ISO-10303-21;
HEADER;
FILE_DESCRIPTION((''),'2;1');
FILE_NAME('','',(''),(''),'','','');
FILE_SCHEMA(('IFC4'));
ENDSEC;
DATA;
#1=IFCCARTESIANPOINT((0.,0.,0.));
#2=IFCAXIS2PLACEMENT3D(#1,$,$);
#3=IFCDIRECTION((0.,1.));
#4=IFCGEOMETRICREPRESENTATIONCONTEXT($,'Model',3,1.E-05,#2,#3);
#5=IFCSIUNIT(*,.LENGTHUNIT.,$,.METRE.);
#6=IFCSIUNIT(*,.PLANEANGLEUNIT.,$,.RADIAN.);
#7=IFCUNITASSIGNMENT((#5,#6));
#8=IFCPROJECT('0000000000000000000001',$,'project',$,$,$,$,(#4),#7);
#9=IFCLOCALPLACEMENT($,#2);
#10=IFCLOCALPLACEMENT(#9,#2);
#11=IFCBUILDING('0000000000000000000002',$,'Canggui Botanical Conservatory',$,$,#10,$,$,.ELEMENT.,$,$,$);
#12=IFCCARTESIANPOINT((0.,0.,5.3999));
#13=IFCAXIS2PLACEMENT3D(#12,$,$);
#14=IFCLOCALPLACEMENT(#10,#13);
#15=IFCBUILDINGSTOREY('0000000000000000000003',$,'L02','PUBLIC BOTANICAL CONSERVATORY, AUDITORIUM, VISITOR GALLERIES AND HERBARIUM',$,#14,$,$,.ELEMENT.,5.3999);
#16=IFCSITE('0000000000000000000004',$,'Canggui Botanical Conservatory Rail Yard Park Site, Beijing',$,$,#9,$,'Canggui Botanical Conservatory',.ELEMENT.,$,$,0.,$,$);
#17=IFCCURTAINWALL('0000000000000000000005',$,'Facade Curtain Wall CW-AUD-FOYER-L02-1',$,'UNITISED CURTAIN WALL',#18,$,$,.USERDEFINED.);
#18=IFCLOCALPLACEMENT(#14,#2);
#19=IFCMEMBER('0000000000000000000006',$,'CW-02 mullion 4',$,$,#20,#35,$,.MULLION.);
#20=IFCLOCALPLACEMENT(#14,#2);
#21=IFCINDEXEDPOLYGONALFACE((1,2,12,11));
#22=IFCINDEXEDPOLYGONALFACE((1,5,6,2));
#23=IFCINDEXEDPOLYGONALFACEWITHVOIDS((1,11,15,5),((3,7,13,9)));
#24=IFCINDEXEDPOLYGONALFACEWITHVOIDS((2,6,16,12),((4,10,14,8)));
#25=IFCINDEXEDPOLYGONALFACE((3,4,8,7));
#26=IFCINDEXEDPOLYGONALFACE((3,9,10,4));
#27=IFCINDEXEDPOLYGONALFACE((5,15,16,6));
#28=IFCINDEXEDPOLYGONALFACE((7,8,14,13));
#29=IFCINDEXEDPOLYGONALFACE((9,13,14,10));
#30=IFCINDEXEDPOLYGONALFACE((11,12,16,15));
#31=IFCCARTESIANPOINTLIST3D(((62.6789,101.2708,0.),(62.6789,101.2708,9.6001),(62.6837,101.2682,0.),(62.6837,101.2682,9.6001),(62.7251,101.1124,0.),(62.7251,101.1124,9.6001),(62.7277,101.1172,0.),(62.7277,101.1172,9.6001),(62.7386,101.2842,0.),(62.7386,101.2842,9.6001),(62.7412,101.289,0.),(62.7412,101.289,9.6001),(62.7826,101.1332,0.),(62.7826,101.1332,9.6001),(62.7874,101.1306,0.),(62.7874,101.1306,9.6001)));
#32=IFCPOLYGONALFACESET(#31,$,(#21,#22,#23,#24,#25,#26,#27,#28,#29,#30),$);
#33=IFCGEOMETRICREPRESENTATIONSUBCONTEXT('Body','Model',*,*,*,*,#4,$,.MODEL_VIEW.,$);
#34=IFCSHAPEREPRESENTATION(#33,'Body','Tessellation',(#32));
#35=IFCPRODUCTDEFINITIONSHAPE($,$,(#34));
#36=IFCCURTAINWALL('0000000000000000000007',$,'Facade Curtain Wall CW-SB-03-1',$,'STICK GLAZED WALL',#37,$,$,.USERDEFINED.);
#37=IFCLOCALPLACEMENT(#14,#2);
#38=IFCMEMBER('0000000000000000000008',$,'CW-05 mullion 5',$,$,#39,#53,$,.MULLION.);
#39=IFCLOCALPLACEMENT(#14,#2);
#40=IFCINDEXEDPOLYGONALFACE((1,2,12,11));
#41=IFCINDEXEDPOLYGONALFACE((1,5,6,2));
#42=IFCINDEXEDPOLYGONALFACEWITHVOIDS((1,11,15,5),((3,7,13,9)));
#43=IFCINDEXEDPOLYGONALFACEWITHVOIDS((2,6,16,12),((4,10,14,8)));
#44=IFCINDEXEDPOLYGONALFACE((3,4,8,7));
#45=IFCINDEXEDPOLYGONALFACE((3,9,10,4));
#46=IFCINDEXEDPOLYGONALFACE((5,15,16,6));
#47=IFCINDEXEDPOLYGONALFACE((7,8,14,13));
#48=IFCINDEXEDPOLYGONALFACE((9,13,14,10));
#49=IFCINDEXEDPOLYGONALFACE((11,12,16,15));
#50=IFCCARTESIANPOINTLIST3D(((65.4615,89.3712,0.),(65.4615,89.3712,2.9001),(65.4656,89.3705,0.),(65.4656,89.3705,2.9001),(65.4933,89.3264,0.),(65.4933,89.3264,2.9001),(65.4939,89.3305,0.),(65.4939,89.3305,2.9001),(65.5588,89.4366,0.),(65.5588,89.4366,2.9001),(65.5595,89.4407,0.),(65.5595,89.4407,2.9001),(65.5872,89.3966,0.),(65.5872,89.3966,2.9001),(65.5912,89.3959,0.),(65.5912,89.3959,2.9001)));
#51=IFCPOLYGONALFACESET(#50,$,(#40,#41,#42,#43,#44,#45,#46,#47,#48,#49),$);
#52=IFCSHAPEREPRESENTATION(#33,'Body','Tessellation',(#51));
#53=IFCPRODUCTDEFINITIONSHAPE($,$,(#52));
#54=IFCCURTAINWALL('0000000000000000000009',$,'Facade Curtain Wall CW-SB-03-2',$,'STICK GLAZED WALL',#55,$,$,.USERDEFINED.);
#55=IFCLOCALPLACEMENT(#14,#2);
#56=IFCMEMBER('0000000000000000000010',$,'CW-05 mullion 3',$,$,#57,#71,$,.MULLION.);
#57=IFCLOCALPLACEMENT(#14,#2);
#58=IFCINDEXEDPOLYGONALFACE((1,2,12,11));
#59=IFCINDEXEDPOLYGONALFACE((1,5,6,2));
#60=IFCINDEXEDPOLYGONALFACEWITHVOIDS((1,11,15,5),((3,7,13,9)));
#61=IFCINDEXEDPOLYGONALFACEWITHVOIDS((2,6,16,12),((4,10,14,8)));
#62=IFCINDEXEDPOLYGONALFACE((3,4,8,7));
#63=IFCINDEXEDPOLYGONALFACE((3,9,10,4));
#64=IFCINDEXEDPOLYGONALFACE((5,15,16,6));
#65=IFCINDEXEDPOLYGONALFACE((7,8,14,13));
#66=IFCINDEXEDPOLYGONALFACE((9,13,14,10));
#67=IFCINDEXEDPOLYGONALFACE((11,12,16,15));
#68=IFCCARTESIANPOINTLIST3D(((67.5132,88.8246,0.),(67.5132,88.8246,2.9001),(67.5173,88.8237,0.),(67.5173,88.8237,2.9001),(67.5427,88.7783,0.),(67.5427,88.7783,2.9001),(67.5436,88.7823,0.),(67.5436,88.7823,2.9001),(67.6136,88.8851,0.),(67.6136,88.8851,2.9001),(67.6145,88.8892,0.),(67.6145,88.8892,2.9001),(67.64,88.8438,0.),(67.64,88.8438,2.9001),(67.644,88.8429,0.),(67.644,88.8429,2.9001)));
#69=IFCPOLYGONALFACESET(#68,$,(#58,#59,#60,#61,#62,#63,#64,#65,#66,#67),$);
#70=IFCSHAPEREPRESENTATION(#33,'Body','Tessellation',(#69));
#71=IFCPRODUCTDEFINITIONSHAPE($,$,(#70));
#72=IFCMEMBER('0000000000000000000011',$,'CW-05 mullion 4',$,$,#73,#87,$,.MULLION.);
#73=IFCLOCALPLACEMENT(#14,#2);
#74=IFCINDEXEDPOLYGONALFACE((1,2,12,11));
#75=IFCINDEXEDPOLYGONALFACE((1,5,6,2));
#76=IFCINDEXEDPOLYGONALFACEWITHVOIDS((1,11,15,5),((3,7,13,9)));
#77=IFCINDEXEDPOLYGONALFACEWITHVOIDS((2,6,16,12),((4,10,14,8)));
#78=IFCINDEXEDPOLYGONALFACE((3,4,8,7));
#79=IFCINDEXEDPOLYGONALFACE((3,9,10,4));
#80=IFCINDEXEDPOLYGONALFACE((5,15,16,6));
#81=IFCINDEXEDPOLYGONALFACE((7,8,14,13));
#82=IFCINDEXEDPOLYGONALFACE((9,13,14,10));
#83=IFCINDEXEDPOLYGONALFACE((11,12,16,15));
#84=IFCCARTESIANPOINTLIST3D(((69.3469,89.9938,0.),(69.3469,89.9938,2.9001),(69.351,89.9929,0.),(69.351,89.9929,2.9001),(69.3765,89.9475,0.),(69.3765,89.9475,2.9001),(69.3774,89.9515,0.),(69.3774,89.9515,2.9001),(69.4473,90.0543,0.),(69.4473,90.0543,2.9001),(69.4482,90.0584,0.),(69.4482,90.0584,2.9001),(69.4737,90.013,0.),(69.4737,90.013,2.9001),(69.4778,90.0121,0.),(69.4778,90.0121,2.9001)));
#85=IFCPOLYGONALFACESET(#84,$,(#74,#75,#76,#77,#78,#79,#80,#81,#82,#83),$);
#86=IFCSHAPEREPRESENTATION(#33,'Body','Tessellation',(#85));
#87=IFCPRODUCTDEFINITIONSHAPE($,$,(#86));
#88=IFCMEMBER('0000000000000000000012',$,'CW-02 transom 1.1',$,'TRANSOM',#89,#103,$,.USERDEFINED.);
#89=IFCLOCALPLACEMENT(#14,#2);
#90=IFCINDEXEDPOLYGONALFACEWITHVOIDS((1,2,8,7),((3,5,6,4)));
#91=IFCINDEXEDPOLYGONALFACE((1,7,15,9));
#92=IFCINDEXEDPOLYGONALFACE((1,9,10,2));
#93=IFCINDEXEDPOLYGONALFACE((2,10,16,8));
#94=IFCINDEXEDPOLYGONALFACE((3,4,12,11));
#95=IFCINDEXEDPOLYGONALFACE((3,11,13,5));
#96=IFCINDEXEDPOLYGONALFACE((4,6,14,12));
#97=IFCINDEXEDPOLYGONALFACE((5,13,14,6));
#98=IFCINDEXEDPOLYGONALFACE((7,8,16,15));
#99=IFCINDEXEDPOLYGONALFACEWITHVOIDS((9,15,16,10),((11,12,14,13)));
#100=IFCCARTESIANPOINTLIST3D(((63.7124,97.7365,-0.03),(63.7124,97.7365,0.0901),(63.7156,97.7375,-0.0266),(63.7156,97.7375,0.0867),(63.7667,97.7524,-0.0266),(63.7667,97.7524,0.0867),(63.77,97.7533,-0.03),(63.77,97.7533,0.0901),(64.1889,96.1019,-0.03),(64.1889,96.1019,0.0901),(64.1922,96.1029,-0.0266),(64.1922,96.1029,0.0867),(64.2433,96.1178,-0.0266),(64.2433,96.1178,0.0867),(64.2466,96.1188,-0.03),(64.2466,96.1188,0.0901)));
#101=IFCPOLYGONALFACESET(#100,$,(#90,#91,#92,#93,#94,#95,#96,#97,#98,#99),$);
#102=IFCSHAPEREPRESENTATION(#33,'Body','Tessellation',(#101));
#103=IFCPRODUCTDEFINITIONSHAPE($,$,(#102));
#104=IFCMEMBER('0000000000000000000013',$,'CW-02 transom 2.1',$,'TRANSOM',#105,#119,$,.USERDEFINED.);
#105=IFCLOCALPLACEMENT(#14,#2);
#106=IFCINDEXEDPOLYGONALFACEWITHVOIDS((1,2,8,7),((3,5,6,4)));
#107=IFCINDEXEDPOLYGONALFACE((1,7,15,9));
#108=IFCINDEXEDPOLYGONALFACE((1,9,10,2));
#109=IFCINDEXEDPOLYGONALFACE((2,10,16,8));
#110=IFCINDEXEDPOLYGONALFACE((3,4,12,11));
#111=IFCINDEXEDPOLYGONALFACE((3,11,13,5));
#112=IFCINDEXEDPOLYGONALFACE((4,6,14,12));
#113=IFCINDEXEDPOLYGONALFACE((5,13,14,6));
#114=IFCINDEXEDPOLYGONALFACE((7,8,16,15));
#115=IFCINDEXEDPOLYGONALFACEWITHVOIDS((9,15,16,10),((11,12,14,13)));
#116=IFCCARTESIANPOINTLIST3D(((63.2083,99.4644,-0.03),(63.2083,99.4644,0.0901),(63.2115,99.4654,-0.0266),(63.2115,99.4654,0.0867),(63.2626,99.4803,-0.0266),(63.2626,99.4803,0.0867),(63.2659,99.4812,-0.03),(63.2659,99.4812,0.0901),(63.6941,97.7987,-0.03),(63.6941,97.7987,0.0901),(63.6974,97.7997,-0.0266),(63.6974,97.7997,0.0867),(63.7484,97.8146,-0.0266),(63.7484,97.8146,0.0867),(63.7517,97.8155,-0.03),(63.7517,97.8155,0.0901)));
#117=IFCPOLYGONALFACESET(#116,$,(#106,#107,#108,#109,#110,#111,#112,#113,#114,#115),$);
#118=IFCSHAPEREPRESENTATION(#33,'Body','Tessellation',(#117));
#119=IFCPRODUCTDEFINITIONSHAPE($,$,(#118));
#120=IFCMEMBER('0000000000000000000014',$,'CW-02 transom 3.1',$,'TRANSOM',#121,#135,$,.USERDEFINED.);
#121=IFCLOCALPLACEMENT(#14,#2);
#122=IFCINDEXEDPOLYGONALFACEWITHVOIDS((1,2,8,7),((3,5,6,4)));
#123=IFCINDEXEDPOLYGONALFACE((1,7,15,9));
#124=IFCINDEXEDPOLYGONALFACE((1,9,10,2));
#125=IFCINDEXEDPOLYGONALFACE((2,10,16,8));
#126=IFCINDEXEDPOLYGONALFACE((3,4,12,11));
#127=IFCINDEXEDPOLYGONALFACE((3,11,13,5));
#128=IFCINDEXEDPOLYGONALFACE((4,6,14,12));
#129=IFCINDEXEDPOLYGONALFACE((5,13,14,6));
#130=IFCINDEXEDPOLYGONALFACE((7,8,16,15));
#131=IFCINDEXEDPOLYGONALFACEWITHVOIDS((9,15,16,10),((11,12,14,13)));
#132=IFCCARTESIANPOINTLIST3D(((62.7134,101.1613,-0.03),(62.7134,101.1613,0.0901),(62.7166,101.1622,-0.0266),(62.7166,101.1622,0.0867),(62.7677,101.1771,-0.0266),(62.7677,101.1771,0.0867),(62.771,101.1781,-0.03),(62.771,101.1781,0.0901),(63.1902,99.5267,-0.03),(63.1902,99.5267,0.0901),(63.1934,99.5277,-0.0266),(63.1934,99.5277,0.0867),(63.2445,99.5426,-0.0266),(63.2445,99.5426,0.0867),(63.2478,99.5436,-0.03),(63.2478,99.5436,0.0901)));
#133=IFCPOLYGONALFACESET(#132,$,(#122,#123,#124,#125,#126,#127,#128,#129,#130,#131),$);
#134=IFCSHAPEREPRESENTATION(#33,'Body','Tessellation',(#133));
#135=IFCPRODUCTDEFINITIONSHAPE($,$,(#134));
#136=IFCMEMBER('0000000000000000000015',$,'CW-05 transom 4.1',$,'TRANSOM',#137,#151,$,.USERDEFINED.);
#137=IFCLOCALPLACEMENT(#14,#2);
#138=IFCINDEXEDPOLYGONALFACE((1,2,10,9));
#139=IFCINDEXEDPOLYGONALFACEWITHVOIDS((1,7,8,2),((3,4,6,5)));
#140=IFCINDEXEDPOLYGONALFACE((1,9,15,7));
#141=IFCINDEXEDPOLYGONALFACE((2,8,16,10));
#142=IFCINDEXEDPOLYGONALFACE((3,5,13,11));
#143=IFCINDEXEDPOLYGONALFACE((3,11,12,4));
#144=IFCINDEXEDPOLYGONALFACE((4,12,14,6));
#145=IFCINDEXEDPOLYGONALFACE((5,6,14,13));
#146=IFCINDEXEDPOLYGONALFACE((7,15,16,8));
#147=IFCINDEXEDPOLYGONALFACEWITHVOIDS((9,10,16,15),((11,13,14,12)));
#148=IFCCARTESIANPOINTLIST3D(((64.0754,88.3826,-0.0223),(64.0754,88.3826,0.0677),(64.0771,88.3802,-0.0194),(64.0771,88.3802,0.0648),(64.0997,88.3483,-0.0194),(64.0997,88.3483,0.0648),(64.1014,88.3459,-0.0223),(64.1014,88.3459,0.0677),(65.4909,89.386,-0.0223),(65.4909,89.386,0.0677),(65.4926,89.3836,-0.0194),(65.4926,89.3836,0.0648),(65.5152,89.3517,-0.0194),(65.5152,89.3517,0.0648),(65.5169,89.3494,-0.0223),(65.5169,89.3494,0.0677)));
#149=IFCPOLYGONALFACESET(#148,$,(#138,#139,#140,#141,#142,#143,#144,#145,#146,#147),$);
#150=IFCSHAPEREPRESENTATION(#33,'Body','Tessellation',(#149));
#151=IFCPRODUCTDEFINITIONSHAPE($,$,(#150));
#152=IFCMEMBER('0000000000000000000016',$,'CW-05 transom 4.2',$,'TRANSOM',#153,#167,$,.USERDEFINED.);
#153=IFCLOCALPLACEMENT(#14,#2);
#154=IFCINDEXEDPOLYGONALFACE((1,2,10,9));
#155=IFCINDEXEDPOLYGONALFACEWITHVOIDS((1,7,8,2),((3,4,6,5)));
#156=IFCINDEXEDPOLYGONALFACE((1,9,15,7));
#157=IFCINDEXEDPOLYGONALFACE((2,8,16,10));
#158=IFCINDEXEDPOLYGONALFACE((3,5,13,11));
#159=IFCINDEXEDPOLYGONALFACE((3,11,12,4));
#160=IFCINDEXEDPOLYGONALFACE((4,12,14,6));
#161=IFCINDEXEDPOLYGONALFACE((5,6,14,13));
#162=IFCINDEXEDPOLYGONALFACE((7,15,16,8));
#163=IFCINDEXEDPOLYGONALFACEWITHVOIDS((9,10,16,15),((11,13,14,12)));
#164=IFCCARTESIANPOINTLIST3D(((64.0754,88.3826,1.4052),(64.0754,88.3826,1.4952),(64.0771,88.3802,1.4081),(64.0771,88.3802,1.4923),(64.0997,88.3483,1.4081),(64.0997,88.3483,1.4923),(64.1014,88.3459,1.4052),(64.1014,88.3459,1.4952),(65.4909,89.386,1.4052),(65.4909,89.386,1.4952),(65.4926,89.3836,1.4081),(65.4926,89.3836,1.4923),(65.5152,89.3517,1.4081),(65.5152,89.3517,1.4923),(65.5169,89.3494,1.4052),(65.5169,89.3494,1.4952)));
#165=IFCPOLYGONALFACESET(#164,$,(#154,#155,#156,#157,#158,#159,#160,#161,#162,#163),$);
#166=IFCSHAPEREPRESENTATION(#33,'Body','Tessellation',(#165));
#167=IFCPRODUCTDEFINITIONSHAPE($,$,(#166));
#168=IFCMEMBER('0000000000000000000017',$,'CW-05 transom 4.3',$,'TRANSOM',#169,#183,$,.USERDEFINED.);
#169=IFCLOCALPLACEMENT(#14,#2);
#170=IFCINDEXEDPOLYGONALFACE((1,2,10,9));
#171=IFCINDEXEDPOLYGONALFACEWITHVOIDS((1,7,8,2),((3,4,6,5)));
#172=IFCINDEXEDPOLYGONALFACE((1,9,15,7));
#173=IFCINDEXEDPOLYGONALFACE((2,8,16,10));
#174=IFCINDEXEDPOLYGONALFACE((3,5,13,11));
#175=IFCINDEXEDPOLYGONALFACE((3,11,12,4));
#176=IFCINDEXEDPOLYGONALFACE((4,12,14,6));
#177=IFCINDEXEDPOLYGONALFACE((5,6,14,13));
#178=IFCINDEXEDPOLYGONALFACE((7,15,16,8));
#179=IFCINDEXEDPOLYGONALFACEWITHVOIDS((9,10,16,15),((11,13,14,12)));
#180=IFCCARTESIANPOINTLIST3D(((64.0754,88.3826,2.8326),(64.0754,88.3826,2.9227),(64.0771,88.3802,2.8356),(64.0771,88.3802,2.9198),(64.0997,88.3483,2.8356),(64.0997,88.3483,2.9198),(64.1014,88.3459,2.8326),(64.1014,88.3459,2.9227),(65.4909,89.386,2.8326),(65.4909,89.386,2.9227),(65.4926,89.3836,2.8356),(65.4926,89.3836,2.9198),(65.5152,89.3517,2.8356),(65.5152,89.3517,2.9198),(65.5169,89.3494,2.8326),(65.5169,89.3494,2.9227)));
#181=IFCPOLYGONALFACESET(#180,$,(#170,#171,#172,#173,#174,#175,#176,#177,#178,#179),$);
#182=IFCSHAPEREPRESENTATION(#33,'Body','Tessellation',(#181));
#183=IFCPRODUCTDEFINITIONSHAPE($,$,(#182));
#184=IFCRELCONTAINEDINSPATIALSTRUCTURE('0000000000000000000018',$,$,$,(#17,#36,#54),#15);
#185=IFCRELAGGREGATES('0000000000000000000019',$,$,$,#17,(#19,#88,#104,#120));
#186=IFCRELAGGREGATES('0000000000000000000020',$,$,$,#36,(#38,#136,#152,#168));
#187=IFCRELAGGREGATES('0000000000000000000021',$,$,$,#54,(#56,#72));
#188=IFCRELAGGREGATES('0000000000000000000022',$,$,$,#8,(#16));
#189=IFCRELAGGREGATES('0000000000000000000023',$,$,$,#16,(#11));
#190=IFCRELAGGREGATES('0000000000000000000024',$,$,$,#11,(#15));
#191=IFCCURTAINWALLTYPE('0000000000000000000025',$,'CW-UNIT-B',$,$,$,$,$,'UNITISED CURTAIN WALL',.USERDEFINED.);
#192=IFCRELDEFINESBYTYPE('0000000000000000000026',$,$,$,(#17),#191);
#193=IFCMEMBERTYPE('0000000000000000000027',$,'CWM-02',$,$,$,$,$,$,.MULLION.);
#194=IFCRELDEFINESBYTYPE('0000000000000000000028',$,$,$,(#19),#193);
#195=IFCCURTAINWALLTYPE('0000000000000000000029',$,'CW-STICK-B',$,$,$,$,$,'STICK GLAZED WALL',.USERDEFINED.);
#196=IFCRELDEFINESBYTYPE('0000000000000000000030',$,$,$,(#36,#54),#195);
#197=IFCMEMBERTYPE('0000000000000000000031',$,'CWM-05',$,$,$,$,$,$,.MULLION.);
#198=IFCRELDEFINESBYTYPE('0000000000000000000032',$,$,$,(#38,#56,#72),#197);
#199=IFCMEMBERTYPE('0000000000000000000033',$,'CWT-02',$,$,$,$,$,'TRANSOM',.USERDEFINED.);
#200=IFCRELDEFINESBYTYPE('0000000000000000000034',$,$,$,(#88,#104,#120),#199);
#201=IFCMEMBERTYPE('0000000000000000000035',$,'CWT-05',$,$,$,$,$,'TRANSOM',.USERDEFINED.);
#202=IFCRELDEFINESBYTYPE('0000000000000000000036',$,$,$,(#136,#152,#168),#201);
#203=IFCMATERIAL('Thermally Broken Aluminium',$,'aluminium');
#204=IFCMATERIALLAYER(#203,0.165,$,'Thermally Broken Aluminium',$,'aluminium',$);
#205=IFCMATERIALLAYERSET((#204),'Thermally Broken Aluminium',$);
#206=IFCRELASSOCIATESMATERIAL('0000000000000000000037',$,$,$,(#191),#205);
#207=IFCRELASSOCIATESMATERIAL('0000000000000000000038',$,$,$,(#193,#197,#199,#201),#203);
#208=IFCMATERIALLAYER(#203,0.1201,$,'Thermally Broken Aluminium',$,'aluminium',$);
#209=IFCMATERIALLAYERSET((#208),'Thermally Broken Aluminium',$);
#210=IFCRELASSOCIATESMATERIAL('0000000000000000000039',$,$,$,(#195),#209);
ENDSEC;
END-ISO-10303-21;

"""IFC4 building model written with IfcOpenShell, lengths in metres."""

from ifc_helpers import new_model, si_unit, direction, frame, origin, origin_2d, place, context, subcontext, project, spatial, hollow_rectangle, extrude, material, layer, layer_set, material_profile, profile_set, type_object, element, aggregate, save


model = new_model("IFC4")

# Units and contexts
model_context = context("Model", 3, precision=1e-05, world=origin(), true_north=direction((0.0, 1.0)))
body_context = subcontext(model_context, "Body", "Model", "MODEL_VIEW")
ifc_project = project(units=[si_unit("LENGTHUNIT", "METRE"), si_unit("PLANEANGLEUNIT", "RADIAN")], contexts=[model_context])

# Site, building, storey
site_placement = place(None, origin())
site = spatial("IfcSite", under=ifc_project, at=site_placement, Name="Canggui Botanical Conservatory Rail Yard Park Site, Beijing", LongName="Canggui Botanical Conservatory", CompositionType="ELEMENT", RefElevation=0.0)
building_placement = place(site_placement, origin())
building = spatial("IfcBuilding", under=site, at=building_placement, Name="Canggui Botanical Conservatory", CompositionType="ELEMENT")
storey_placement = place(building_placement, frame((0.0, 0.0, 5.3999)))
storey = spatial("IfcBuildingStorey", under=building, at=storey_placement, Name="L02", Description="PUBLIC BOTANICAL CONSERVATORY, AUDITORIUM, VISITOR GALLERIES AND HERBARIUM", CompositionType="ELEMENT", Elevation=5.3999)

# Curtain wall, member
ifc_material_1 = material(Name="Thermally Broken Aluminium", Category="aluminium")
ifc_layer_1 = layer(ifc_material_1, 0.165, Name="Thermally Broken Aluminium", Category="aluminium")
ifc_layer_set_1 = layer_set([ifc_layer_1], Name="Thermally Broken Aluminium")
curtain_wall_type_1 = type_object("IfcCurtainWallType", Name="CW-UNIT-B", ElementType="UNITISED CURTAIN WALL", PredefinedType="USERDEFINED", material=ifc_layer_set_1)
curtain_wall_1_placement = place(storey_placement, origin())
curtain_wall_1 = element("IfcCurtainWall", 1, at=curtain_wall_1_placement, inside=storey, type_object=curtain_wall_type_1, Name="Facade Curtain Wall CW-AUD-FOYER-L02-1", ObjectType="UNITISED CURTAIN WALL", PredefinedType="USERDEFINED")
ifc_material_profile_1 = material_profile(ifc_material_1, hollow_rectangle(XDim=0.0649, YDim=0.165, WallThickness=0.0039, at=origin_2d()), Name="CWM 65x165x4")
ifc_profile_set_1 = profile_set([ifc_material_profile_1], Name="Thermally Broken Aluminium")
member_type_1 = type_object("IfcMemberType", Name="CWM-02", PredefinedType="MULLION", material=ifc_profile_set_1)
member_1_placement = place(storey_placement, frame((62.7332, 101.2007, 0.0), z_axis=(0.0, 0.0, 1.0), x_axis=(-0.96, -0.28, 0.0)))
member_1 = element("IfcMember", 2, at=member_1_placement, type_object=member_type_1, Name="CW-02 mullion 4", PredefinedType="MULLION", context=body_context, shape_type="SweptSolid", body=[
    extrude(hollow_rectangle(XDim=0.0649, YDim=0.165, WallThickness=0.0039, at=origin_2d()), origin(), (0.0, 0.0, 1.0), 9.6001),
])

# Curtain wall, member
ifc_layer_2 = layer(ifc_material_1, 0.1201, Name="Thermally Broken Aluminium", Category="aluminium")
ifc_layer_set_2 = layer_set([ifc_layer_2], Name="Thermally Broken Aluminium")
curtain_wall_type_2 = type_object("IfcCurtainWallType", Name="CW-STICK-B", ElementType="STICK GLAZED WALL", PredefinedType="USERDEFINED", material=ifc_layer_set_2)
curtain_wall_2_placement = place(storey_placement, origin())
curtain_wall_2 = element("IfcCurtainWall", 3, at=curtain_wall_2_placement, inside=storey, type_object=curtain_wall_type_2, Name="Facade Curtain Wall CW-SB-03-1", ObjectType="STICK GLAZED WALL", PredefinedType="USERDEFINED")
ifc_material_profile_2 = material_profile(ifc_material_1, hollow_rectangle(XDim=0.0549, YDim=0.1201, WallThickness=0.0029, at=origin_2d()), Name="CWM 55x120x3")
ifc_profile_set_2 = profile_set([ifc_material_profile_2], Name="Thermally Broken Aluminium")
member_type_2 = type_object("IfcMemberType", Name="CWM-05", PredefinedType="MULLION", material=ifc_profile_set_2)
member_2_placement = place(storey_placement, frame((65.5264, 89.3835, 0.0), z_axis=(0.0, 0.0, 1.0), x_axis=(-0.578282, 0.815837, 0.0)))
member_2 = element("IfcMember", 4, at=member_2_placement, type_object=member_type_2, Name="CW-05 mullion 5", PredefinedType="MULLION", context=body_context, shape_type="SweptSolid", body=[
    extrude(hollow_rectangle(XDim=0.0549, YDim=0.1201, WallThickness=0.0029, at=origin_2d()), origin(), (0.0, 0.0, 1.0), 2.9001),
])

# Curtain wall, members
curtain_wall_3_placement = place(storey_placement, origin())
curtain_wall_3 = element("IfcCurtainWall", 5, at=curtain_wall_3_placement, inside=storey, type_object=curtain_wall_type_2, Name="Facade Curtain Wall CW-SB-03-2", ObjectType="STICK GLAZED WALL", PredefinedType="USERDEFINED")
member_3_placement = place(storey_placement, frame((67.5786, 88.8337, 0.0), z_axis=(0.0, 0.0, 1.0), x_axis=(-0.5376, 0.8432, 0.0)))
member_3 = element("IfcMember", 6, at=member_3_placement, type_object=member_type_2, Name="CW-05 mullion 3", PredefinedType="MULLION", context=body_context, shape_type="SweptSolid", body=[
    extrude(hollow_rectangle(XDim=0.0549, YDim=0.1201, WallThickness=0.0029, at=origin_2d()), origin(), (0.0, 0.0, 1.0), 2.9001),
])
member_4_placement = place(storey_placement, frame((69.4124, 90.0029, 0.0), z_axis=(0.0, 0.0, 1.0), x_axis=(-0.5376, 0.8432, 0.0)))
member_4 = element("IfcMember", 7, at=member_4_placement, type_object=member_type_2, Name="CW-05 mullion 4", PredefinedType="MULLION", context=body_context, shape_type="SweptSolid", body=[
    extrude(hollow_rectangle(XDim=0.0549, YDim=0.1201, WallThickness=0.0029, at=origin_2d()), origin(), (0.0, 0.0, 1.0), 2.9001),
])

# Members
ifc_material_profile_3 = material_profile(ifc_material_1, hollow_rectangle(XDim=0.0601, YDim=0.1201, WallThickness=0.0034, at=origin_2d()), Name="CWT 60x120x3.5")
ifc_profile_set_3 = profile_set([ifc_material_profile_3], Name="Thermally Broken Aluminium")
member_type_3 = type_object("IfcMemberType", Name="CWT-02", ElementType="TRANSOM", PredefinedType="USERDEFINED", material=ifc_profile_set_3)
member_5_placement = place(storey_placement, frame((64.2178, 96.1104, 0.03), z_axis=(-0.279906, 0.960027, 0.0), x_axis=(-0.960027, -0.279906, 0.0)))
member_5 = element("IfcMember", 8, at=member_5_placement, type_object=member_type_3, Name="CW-02 transom 1.1", ObjectType="TRANSOM", PredefinedType="USERDEFINED", context=body_context, shape_type="SweptSolid", body=[
    extrude(hollow_rectangle(XDim=0.0601, YDim=0.1201, WallThickness=0.0034, at=origin_2d()), origin(), (0.0, 0.0, 1.0), 1.7026),
])
member_6_placement = place(storey_placement, frame((63.7229, 97.8071, 0.03), z_axis=(-0.279995, 0.960002, 0.0), x_axis=(-0.960002, -0.279995, 0.0)))
member_6 = element("IfcMember", 9, at=member_6_placement, type_object=member_type_3, Name="CW-02 transom 2.1", ObjectType="TRANSOM", PredefinedType="USERDEFINED", context=body_context, shape_type="SweptSolid", body=[
    extrude(hollow_rectangle(XDim=0.0601, YDim=0.1201, WallThickness=0.0034, at=origin_2d()), origin(), (0.0, 0.0, 1.0), 1.7351),
])
member_7_placement = place(storey_placement, frame((63.219, 99.5352, 0.03), z_axis=(-0.280039, 0.959989, 0.0), x_axis=(-0.959989, -0.280039, 0.0)))
member_7 = element("IfcMember", 10, at=member_7_placement, type_object=member_type_3, Name="CW-02 transom 3.1", ObjectType="TRANSOM", PredefinedType="USERDEFINED", context=body_context, shape_type="SweptSolid", body=[
    extrude(hollow_rectangle(XDim=0.0601, YDim=0.1201, WallThickness=0.0034, at=origin_2d()), origin(), (0.0, 0.0, 1.0), 1.7026),
])
ifc_material_profile_4 = material_profile(ifc_material_1, hollow_rectangle(XDim=0.0449, YDim=0.0901, WallThickness=0.0029, at=origin_2d()), Name="CWT 45x90x3")
ifc_profile_set_4 = profile_set([ifc_material_profile_4], Name="Thermally Broken Aluminium")
member_type_4 = type_object("IfcMemberType", Name="CWT-05", ElementType="TRANSOM", PredefinedType="USERDEFINED", material=ifc_profile_set_4)
member_8_placement = place(storey_placement, frame((64.0884, 88.3643, 0.0227), z_axis=(0.81582, 0.578306, 0.0), x_axis=(-0.578306, 0.81582, 0.0)))
member_8 = element("IfcMember", 11, at=member_8_placement, type_object=member_type_4, Name="CW-05 transom 4.1", ObjectType="TRANSOM", PredefinedType="USERDEFINED", context=body_context, shape_type="SweptSolid", body=[
    extrude(hollow_rectangle(XDim=0.0449, YDim=0.0901, WallThickness=0.0029, at=origin_2d()), origin(), (0.0, 0.0, 1.0), 1.7351),
])
member_9_placement = place(storey_placement, frame((64.0884, 88.3643, 1.4502), z_axis=(0.81582, 0.578306, 0.0), x_axis=(-0.578306, 0.81582, 0.0)))
member_9 = element("IfcMember", 12, at=member_9_placement, type_object=member_type_4, Name="CW-05 transom 4.2", ObjectType="TRANSOM", PredefinedType="USERDEFINED", context=body_context, shape_type="SweptSolid", body=[
    extrude(hollow_rectangle(XDim=0.0449, YDim=0.0901, WallThickness=0.0029, at=origin_2d()), origin(), (0.0, 0.0, 1.0), 1.7351),
])
member_10_placement = place(storey_placement, frame((64.0884, 88.3643, 2.8777), z_axis=(0.81582, 0.578306, 0.0), x_axis=(-0.578306, 0.81582, 0.0)))
member_10 = element("IfcMember", 13, at=member_10_placement, type_object=member_type_4, Name="CW-05 transom 4.3", ObjectType="TRANSOM", PredefinedType="USERDEFINED", context=body_context, shape_type="SweptSolid", body=[
    extrude(hollow_rectangle(XDim=0.0449, YDim=0.0901, WallThickness=0.0029, at=origin_2d()), origin(), (0.0, 0.0, 1.0), 1.7351),
])

aggregate(curtain_wall_1, [member_1, member_5, member_6, member_7])
aggregate(curtain_wall_2, [member_2, member_8, member_9, member_10])
aggregate(curtain_wall_3, [member_3, member_4])

save(model, "model.ifc")
